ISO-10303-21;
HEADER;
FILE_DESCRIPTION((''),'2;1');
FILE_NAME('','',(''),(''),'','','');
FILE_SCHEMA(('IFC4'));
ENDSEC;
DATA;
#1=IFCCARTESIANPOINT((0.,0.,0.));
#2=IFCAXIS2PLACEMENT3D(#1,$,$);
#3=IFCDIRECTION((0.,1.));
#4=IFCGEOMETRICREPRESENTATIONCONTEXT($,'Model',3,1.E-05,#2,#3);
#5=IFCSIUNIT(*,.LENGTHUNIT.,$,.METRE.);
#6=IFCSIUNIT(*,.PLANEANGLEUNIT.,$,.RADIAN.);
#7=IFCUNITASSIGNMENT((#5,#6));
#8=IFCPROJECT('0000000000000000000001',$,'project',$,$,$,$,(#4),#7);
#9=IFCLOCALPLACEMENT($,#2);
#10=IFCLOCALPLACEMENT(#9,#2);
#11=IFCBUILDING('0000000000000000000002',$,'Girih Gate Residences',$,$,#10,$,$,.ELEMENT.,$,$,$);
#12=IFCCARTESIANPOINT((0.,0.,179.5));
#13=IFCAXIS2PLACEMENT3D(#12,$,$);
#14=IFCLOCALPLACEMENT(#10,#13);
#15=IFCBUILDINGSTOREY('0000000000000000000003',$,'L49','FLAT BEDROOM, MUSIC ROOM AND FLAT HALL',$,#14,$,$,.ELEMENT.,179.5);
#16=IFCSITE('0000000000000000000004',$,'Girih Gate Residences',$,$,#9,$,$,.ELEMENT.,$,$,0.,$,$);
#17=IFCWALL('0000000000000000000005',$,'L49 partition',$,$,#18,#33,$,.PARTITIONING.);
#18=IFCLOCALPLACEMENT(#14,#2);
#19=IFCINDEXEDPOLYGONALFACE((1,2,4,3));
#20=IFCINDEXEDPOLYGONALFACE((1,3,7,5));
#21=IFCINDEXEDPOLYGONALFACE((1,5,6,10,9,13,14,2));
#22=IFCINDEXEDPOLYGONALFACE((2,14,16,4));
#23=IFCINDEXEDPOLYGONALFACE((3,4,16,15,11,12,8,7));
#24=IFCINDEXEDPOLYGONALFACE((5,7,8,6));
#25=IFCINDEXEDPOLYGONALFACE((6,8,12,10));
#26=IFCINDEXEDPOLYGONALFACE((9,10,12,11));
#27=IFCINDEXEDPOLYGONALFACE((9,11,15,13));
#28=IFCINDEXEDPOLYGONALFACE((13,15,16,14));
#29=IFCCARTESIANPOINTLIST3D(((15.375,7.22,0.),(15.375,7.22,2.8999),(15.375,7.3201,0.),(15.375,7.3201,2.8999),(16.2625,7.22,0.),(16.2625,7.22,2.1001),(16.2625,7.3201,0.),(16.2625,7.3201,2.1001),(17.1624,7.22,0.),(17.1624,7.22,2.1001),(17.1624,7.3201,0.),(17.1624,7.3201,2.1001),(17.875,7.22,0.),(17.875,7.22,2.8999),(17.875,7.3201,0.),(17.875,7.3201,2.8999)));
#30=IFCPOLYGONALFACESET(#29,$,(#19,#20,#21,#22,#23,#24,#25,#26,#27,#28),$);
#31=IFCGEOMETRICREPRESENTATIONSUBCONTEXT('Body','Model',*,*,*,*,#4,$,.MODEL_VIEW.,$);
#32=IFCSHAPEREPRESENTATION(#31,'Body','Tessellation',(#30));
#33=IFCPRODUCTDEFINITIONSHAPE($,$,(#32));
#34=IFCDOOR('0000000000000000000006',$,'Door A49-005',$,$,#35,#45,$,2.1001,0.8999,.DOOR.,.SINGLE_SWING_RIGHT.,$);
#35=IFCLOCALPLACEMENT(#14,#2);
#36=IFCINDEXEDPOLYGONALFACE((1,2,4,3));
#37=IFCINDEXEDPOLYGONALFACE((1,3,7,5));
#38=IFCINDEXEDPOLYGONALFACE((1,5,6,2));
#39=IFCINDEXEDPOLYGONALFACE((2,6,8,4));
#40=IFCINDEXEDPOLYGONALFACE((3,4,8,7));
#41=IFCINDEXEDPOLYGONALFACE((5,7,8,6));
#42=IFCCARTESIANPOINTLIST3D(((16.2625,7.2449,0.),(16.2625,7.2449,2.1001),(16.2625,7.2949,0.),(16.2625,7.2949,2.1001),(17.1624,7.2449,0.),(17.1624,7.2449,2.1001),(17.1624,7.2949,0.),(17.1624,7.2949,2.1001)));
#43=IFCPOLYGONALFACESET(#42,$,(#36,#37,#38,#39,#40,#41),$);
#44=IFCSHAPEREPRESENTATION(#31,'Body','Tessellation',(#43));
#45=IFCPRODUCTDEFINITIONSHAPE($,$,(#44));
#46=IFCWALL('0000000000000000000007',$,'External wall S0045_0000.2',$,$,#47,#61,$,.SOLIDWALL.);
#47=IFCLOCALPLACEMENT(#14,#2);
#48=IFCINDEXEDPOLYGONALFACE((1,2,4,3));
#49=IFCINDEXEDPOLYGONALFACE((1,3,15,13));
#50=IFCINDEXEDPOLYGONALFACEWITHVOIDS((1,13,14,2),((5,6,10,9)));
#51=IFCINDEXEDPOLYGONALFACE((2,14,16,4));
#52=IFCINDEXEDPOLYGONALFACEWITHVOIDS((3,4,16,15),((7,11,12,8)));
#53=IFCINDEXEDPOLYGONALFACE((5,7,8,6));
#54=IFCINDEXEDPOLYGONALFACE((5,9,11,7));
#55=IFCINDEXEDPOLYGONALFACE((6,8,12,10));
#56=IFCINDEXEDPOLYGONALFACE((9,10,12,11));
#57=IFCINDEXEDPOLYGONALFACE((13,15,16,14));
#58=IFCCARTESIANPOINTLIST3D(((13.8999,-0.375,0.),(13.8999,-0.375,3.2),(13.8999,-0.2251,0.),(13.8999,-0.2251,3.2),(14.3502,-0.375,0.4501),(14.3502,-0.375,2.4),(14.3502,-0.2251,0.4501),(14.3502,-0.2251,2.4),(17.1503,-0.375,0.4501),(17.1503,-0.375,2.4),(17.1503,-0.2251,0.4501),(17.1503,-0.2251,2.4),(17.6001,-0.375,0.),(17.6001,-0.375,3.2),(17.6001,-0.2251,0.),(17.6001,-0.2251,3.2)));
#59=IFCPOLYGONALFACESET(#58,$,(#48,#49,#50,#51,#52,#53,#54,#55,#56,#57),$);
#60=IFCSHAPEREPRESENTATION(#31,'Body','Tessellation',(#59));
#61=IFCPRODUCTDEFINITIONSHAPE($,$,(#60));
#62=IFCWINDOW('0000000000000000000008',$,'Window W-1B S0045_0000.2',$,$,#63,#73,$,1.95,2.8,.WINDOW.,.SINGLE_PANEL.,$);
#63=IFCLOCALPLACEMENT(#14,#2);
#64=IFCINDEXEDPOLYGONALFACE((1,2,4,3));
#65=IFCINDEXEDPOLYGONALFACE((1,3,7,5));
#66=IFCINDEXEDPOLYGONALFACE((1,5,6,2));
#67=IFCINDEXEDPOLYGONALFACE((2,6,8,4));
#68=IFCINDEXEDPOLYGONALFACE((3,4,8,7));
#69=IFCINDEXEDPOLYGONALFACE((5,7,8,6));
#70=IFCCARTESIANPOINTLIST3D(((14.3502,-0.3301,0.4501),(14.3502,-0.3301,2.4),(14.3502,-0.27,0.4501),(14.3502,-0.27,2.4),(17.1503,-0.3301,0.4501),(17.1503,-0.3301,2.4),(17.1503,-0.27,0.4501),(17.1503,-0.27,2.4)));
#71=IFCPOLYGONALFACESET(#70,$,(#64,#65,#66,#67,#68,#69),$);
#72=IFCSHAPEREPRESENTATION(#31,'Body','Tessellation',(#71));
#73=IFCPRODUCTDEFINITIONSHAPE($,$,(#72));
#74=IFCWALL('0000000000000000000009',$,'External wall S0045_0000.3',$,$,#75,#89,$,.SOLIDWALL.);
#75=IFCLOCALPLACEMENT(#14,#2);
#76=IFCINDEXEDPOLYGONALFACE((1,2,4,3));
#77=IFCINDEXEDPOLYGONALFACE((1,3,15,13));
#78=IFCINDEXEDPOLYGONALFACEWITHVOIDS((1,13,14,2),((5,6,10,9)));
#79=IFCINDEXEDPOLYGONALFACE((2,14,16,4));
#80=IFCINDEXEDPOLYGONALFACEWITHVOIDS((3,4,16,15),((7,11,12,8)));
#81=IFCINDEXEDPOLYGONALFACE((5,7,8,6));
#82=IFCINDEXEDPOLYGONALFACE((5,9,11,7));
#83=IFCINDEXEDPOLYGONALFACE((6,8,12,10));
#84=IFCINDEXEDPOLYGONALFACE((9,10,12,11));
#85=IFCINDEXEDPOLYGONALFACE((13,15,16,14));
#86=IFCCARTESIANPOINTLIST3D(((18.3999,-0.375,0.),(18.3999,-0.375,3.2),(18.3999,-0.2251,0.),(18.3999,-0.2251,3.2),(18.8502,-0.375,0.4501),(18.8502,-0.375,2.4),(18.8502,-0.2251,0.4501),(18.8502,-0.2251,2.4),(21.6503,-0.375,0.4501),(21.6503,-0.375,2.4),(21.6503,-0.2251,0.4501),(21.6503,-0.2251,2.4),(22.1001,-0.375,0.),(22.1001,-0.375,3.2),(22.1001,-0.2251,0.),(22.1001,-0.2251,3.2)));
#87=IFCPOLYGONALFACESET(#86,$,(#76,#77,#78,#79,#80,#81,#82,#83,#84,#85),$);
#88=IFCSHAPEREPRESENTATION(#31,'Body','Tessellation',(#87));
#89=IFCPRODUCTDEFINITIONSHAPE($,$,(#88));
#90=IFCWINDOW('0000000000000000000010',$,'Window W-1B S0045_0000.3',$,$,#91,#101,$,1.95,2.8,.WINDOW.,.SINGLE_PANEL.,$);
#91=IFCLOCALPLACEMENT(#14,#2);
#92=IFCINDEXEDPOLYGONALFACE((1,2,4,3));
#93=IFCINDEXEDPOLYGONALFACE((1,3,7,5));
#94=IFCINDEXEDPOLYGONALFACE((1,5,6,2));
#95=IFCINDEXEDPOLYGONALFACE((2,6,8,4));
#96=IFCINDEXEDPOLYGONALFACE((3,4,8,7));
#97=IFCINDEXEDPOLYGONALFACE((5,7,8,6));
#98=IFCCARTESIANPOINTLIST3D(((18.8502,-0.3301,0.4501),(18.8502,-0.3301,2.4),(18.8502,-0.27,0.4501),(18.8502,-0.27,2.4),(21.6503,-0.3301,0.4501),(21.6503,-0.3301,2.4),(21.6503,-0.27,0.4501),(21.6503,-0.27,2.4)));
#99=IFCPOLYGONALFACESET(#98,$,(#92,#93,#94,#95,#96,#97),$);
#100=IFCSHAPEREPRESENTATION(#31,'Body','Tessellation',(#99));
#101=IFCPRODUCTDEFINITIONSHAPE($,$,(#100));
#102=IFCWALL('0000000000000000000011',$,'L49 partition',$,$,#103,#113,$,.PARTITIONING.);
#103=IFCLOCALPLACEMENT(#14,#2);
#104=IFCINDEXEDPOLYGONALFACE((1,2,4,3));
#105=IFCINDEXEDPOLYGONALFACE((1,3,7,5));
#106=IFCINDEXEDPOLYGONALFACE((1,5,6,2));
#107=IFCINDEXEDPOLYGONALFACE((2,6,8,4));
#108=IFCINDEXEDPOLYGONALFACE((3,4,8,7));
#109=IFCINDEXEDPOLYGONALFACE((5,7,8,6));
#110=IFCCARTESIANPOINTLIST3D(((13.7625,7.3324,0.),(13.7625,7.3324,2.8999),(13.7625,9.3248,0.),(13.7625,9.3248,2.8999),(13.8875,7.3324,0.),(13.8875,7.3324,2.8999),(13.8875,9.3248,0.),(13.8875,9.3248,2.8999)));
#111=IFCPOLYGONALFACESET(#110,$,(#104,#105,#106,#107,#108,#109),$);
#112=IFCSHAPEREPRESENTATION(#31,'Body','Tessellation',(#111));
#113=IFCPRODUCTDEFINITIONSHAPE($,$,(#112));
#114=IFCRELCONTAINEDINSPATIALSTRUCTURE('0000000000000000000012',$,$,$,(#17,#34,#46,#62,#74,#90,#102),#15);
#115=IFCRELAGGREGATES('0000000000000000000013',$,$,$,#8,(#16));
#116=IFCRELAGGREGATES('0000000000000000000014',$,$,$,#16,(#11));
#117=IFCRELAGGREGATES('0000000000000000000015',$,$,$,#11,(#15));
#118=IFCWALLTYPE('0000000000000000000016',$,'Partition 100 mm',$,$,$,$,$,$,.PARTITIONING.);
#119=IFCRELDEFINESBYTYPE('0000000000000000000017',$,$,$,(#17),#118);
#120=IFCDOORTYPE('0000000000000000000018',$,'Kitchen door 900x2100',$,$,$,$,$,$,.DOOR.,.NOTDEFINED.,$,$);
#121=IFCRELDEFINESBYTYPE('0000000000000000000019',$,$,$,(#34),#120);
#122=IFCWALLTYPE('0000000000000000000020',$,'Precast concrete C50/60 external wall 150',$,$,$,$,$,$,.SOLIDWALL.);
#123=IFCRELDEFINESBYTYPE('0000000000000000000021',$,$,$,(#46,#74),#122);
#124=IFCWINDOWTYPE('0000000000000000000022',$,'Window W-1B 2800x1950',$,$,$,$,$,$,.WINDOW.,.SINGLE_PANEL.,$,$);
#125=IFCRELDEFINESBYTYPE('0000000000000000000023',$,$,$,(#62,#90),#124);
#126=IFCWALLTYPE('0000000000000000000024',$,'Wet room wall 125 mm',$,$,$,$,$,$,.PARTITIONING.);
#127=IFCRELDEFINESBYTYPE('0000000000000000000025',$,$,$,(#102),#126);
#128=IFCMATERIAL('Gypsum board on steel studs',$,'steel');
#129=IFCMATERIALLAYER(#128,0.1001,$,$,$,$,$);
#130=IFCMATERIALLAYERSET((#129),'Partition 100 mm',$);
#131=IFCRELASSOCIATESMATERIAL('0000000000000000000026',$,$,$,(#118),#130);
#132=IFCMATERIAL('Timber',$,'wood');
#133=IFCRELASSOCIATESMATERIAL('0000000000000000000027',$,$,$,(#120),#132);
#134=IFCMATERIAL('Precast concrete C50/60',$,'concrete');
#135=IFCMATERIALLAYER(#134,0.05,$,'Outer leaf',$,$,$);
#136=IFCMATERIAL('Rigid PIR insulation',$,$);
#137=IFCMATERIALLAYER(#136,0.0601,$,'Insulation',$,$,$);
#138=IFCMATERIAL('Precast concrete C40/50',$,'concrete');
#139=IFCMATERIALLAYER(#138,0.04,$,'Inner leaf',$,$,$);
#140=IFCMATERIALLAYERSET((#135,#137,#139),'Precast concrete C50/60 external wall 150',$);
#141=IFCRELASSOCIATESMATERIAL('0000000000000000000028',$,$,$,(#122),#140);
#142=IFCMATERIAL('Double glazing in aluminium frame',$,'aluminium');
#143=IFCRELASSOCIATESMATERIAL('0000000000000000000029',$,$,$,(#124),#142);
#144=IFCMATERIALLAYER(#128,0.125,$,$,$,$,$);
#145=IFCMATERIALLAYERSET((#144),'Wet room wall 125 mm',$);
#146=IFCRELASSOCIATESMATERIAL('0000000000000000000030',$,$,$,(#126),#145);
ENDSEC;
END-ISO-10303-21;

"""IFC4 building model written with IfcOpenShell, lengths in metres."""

from ifc_helpers import new_model, si_unit, direction, frame, frame_2d, origin, place, context, subcontext, project, spatial, rectangle, extrude, material, layer, layer_set, type_object, element, fill, save


model = new_model("IFC4")

# Units and contexts
model_context = context("Model", 3, precision=1e-05, world=origin(), true_north=direction((0.0, 1.0)))
body_context = subcontext(model_context, "Body", "Model", "MODEL_VIEW")
ifc_project = project(units=[si_unit("LENGTHUNIT", "METRE"), si_unit("PLANEANGLEUNIT", "RADIAN")], contexts=[model_context])

# Site, building, storey
site_placement = place(None, origin())
site = spatial("IfcSite", under=ifc_project, at=site_placement, Name="Girih Gate Residences", CompositionType="ELEMENT", RefElevation=0.0)
building_placement = place(site_placement, origin())
building = spatial("IfcBuilding", under=site, at=building_placement, Name="Girih Gate Residences", CompositionType="ELEMENT")
storey_placement = place(building_placement, frame((0.0, 0.0, 179.5)))
storey = spatial("IfcBuildingStorey", under=building, at=storey_placement, Name="L49", Description="FLAT BEDROOM, MUSIC ROOM AND FLAT HALL", CompositionType="ELEMENT", Elevation=179.5)

# Shared definitions
ifc_material_1 = material(Name="Gypsum board on steel studs", Category="steel")

# Shared definitions
ifc_layer_1 = layer(ifc_material_1, 0.1001)
ifc_layer_set_1 = layer_set([ifc_layer_1], Name="Partition 100 mm")
wall_type_1 = type_object("IfcWallType", Name="Partition 100 mm", PredefinedType="PARTITIONING", material=ifc_layer_set_1)
ifc_material_2 = material(Name="Timber", Category="wood")

# Wall, opening, door
wall_1_placement = place(storey_placement, frame((15.375, 7.27, 0.0), z_axis=(0.0, 0.0, 1.0), x_axis=(1.0, 0.0, 0.0)))
wall_1 = element("IfcWall", 1, at=wall_1_placement, inside=storey, type_object=wall_type_1, Name="L49 partition", PredefinedType="PARTITIONING", context=body_context, shape_type="SweptSolid", body=[
    extrude(rectangle(XDim=2.5, YDim=0.1001, at=frame_2d((1.25, 0.0))), origin(), (0.0, 0.0, 1.0), 2.8999),
])
opening_1_placement = place(wall_1_placement, frame((0.8875, 0.0, 0.0)))
opening_1 = element("IfcOpeningElement", 2, at=opening_1_placement, cuts=wall_1, PredefinedType="OPENING", context=body_context, shape_type="SweptSolid", body=[
    extrude(rectangle(XDim=0.8999, YDim=2.1001, at=frame_2d((0.45, 1.05))), frame((0.0, 0.0601, 0.0), z_axis=(0.0, -1.0, 0.0), x_axis=(1.0, 0.0, 0.0)), (0.0, 0.0, 1.0), 0.1201),
])
door_type_1 = type_object("IfcDoorType", Name="Kitchen door 900x2100", OperationType="NOTDEFINED", PredefinedType="DOOR", material=ifc_material_2)
door_1_placement = place(opening_1_placement, origin())
door_1 = element("IfcDoor", 3, at=door_1_placement, inside=storey, type_object=door_type_1, Name="Door A49-005", OperationType="SINGLE_SWING_RIGHT", OverallHeight=2.1001, OverallWidth=0.8999, PredefinedType="DOOR", context=body_context, shape_type="SweptSolid", body=[
    extrude(rectangle(XDim=0.8999, YDim=2.1001, at=frame_2d((0.45, 1.05))), frame((0.0, 0.0249, 0.0), z_axis=(0.0, -1.0, 0.0), x_axis=(1.0, 0.0, 0.0)), (0.0, 0.0, 1.0), 0.05),
])
fill(opening_1, door_1)

# Walls, openings, windows
ifc_material_3 = material(Name="Precast concrete C50/60", Category="concrete")
ifc_layer_2 = layer(ifc_material_3, 0.05, Name="Outer leaf")
ifc_material_4 = material(Name="Rigid PIR insulation")
ifc_layer_3 = layer(ifc_material_4, 0.0601, Name="Insulation")
ifc_material_5 = material(Name="Precast concrete C40/50", Category="concrete")
ifc_layer_4 = layer(ifc_material_5, 0.04, Name="Inner leaf")
ifc_layer_set_2 = layer_set([ifc_layer_2, ifc_layer_3, ifc_layer_4], Name="Precast concrete C50/60 external wall 150")
wall_type_2 = type_object("IfcWallType", Name="Precast concrete C50/60 external wall 150", PredefinedType="SOLIDWALL", material=ifc_layer_set_2)
wall_2_placement = place(storey_placement, frame((17.6001, -0.3, 0.0), z_axis=(0.0, 0.0, 1.0), x_axis=(-1.0, 0.0, 0.0)))
wall_2 = element("IfcWall", 4, at=wall_2_placement, inside=storey, type_object=wall_type_2, Name="External wall S0045_0000.2", PredefinedType="SOLIDWALL", context=body_context, shape_type="SweptSolid", body=[
    extrude(rectangle(XDim=3.7002, YDim=0.1499, at=frame_2d((1.8501, 0.0))), origin(), (0.0, 0.0, 1.0), 3.2),
])
opening_2_placement = place(wall_2_placement, frame((0.45, 0.0, 0.45)))
opening_2 = element("IfcOpeningElement", 5, at=opening_2_placement, cuts=wall_2, PredefinedType="OPENING", context=body_context, shape_type="SweptSolid", body=[
    extrude(rectangle(XDim=2.8, YDim=1.95, at=frame_2d((1.3999, 0.9751))), frame((0.0, 0.085, 0.0), z_axis=(0.0, -1.0, 0.0), x_axis=(1.0, 0.0, 0.0)), (0.0, 0.0, 1.0), 0.1699),
])
ifc_material_6 = material(Name="Double glazing in aluminium frame", Category="aluminium")
window_type = type_object("IfcWindowType", Name="Window W-1B 2800x1950", PartitioningType="SINGLE_PANEL", PredefinedType="WINDOW", material=ifc_material_6)
window_1_placement = place(opening_2_placement, origin())
window_1 = element("IfcWindow", 6, at=window_1_placement, inside=storey, type_object=window_type, Name="Window W-1B S0045_0000.2", OverallHeight=1.95, OverallWidth=2.8, PartitioningType="SINGLE_PANEL", PredefinedType="WINDOW", context=body_context, shape_type="SweptSolid", body=[
    extrude(rectangle(XDim=2.8, YDim=1.95, at=frame_2d((1.3999, 0.9751))), frame((0.0, 0.03, 0.0), z_axis=(0.0, -1.0, 0.0), x_axis=(1.0, 0.0, 0.0)), (0.0, 0.0, 1.0), 0.0601),
])
fill(opening_2, window_1)
wall_3_placement = place(storey_placement, frame((22.1001, -0.3, 0.0), z_axis=(0.0, 0.0, 1.0), x_axis=(-1.0, 0.0, 0.0)))
wall_3 = element("IfcWall", 7, at=wall_3_placement, inside=storey, type_object=wall_type_2, Name="External wall S0045_0000.3", PredefinedType="SOLIDWALL", context=body_context, shape_type="SweptSolid", body=[
    extrude(rectangle(XDim=3.7002, YDim=0.1499, at=frame_2d((1.8501, 0.0))), origin(), (0.0, 0.0, 1.0), 3.2),
])
opening_3_placement = place(wall_3_placement, frame((0.45, 0.0, 0.45)))
opening_3 = element("IfcOpeningElement", 8, at=opening_3_placement, cuts=wall_3, PredefinedType="OPENING", context=body_context, shape_type="SweptSolid", body=[
    extrude(rectangle(XDim=2.8, YDim=1.95, at=frame_2d((1.3999, 0.9751))), frame((0.0, 0.085, 0.0), z_axis=(0.0, -1.0, 0.0), x_axis=(1.0, 0.0, 0.0)), (0.0, 0.0, 1.0), 0.1699),
])
window_2_placement = place(opening_3_placement, origin())
window_2 = element("IfcWindow", 9, at=window_2_placement, inside=storey, type_object=window_type, Name="Window W-1B S0045_0000.3", OverallHeight=1.95, OverallWidth=2.8, PartitioningType="SINGLE_PANEL", PredefinedType="WINDOW", context=body_context, shape_type="SweptSolid", body=[
    extrude(rectangle(XDim=2.8, YDim=1.95, at=frame_2d((1.3999, 0.9751))), frame((0.0, 0.03, 0.0), z_axis=(0.0, -1.0, 0.0), x_axis=(1.0, 0.0, 0.0)), (0.0, 0.0, 1.0), 0.0601),
])
fill(opening_3, window_2)

# Wall
ifc_layer_5 = layer(ifc_material_1, 0.125)
ifc_layer_set_3 = layer_set([ifc_layer_5], Name="Wet room wall 125 mm")
wall_type_3 = type_object("IfcWallType", Name="Wet room wall 125 mm", PredefinedType="PARTITIONING", material=ifc_layer_set_3)
wall_4_placement = place(storey_placement, frame((13.825, 7.3325, 0.0), z_axis=(0.0, 0.0, 1.0), x_axis=(0.0, 1.0, 0.0)))
element("IfcWall", 10, at=wall_4_placement, inside=storey, type_object=wall_type_3, Name="L49 partition", PredefinedType="PARTITIONING", context=body_context, shape_type="SweptSolid", body=[
    extrude(rectangle(XDim=1.9924, YDim=0.125, at=frame_2d((0.9961, 0.0))), origin(), (0.0, 0.0, 1.0), 2.8999),
])

save(model, "model.ifc")
